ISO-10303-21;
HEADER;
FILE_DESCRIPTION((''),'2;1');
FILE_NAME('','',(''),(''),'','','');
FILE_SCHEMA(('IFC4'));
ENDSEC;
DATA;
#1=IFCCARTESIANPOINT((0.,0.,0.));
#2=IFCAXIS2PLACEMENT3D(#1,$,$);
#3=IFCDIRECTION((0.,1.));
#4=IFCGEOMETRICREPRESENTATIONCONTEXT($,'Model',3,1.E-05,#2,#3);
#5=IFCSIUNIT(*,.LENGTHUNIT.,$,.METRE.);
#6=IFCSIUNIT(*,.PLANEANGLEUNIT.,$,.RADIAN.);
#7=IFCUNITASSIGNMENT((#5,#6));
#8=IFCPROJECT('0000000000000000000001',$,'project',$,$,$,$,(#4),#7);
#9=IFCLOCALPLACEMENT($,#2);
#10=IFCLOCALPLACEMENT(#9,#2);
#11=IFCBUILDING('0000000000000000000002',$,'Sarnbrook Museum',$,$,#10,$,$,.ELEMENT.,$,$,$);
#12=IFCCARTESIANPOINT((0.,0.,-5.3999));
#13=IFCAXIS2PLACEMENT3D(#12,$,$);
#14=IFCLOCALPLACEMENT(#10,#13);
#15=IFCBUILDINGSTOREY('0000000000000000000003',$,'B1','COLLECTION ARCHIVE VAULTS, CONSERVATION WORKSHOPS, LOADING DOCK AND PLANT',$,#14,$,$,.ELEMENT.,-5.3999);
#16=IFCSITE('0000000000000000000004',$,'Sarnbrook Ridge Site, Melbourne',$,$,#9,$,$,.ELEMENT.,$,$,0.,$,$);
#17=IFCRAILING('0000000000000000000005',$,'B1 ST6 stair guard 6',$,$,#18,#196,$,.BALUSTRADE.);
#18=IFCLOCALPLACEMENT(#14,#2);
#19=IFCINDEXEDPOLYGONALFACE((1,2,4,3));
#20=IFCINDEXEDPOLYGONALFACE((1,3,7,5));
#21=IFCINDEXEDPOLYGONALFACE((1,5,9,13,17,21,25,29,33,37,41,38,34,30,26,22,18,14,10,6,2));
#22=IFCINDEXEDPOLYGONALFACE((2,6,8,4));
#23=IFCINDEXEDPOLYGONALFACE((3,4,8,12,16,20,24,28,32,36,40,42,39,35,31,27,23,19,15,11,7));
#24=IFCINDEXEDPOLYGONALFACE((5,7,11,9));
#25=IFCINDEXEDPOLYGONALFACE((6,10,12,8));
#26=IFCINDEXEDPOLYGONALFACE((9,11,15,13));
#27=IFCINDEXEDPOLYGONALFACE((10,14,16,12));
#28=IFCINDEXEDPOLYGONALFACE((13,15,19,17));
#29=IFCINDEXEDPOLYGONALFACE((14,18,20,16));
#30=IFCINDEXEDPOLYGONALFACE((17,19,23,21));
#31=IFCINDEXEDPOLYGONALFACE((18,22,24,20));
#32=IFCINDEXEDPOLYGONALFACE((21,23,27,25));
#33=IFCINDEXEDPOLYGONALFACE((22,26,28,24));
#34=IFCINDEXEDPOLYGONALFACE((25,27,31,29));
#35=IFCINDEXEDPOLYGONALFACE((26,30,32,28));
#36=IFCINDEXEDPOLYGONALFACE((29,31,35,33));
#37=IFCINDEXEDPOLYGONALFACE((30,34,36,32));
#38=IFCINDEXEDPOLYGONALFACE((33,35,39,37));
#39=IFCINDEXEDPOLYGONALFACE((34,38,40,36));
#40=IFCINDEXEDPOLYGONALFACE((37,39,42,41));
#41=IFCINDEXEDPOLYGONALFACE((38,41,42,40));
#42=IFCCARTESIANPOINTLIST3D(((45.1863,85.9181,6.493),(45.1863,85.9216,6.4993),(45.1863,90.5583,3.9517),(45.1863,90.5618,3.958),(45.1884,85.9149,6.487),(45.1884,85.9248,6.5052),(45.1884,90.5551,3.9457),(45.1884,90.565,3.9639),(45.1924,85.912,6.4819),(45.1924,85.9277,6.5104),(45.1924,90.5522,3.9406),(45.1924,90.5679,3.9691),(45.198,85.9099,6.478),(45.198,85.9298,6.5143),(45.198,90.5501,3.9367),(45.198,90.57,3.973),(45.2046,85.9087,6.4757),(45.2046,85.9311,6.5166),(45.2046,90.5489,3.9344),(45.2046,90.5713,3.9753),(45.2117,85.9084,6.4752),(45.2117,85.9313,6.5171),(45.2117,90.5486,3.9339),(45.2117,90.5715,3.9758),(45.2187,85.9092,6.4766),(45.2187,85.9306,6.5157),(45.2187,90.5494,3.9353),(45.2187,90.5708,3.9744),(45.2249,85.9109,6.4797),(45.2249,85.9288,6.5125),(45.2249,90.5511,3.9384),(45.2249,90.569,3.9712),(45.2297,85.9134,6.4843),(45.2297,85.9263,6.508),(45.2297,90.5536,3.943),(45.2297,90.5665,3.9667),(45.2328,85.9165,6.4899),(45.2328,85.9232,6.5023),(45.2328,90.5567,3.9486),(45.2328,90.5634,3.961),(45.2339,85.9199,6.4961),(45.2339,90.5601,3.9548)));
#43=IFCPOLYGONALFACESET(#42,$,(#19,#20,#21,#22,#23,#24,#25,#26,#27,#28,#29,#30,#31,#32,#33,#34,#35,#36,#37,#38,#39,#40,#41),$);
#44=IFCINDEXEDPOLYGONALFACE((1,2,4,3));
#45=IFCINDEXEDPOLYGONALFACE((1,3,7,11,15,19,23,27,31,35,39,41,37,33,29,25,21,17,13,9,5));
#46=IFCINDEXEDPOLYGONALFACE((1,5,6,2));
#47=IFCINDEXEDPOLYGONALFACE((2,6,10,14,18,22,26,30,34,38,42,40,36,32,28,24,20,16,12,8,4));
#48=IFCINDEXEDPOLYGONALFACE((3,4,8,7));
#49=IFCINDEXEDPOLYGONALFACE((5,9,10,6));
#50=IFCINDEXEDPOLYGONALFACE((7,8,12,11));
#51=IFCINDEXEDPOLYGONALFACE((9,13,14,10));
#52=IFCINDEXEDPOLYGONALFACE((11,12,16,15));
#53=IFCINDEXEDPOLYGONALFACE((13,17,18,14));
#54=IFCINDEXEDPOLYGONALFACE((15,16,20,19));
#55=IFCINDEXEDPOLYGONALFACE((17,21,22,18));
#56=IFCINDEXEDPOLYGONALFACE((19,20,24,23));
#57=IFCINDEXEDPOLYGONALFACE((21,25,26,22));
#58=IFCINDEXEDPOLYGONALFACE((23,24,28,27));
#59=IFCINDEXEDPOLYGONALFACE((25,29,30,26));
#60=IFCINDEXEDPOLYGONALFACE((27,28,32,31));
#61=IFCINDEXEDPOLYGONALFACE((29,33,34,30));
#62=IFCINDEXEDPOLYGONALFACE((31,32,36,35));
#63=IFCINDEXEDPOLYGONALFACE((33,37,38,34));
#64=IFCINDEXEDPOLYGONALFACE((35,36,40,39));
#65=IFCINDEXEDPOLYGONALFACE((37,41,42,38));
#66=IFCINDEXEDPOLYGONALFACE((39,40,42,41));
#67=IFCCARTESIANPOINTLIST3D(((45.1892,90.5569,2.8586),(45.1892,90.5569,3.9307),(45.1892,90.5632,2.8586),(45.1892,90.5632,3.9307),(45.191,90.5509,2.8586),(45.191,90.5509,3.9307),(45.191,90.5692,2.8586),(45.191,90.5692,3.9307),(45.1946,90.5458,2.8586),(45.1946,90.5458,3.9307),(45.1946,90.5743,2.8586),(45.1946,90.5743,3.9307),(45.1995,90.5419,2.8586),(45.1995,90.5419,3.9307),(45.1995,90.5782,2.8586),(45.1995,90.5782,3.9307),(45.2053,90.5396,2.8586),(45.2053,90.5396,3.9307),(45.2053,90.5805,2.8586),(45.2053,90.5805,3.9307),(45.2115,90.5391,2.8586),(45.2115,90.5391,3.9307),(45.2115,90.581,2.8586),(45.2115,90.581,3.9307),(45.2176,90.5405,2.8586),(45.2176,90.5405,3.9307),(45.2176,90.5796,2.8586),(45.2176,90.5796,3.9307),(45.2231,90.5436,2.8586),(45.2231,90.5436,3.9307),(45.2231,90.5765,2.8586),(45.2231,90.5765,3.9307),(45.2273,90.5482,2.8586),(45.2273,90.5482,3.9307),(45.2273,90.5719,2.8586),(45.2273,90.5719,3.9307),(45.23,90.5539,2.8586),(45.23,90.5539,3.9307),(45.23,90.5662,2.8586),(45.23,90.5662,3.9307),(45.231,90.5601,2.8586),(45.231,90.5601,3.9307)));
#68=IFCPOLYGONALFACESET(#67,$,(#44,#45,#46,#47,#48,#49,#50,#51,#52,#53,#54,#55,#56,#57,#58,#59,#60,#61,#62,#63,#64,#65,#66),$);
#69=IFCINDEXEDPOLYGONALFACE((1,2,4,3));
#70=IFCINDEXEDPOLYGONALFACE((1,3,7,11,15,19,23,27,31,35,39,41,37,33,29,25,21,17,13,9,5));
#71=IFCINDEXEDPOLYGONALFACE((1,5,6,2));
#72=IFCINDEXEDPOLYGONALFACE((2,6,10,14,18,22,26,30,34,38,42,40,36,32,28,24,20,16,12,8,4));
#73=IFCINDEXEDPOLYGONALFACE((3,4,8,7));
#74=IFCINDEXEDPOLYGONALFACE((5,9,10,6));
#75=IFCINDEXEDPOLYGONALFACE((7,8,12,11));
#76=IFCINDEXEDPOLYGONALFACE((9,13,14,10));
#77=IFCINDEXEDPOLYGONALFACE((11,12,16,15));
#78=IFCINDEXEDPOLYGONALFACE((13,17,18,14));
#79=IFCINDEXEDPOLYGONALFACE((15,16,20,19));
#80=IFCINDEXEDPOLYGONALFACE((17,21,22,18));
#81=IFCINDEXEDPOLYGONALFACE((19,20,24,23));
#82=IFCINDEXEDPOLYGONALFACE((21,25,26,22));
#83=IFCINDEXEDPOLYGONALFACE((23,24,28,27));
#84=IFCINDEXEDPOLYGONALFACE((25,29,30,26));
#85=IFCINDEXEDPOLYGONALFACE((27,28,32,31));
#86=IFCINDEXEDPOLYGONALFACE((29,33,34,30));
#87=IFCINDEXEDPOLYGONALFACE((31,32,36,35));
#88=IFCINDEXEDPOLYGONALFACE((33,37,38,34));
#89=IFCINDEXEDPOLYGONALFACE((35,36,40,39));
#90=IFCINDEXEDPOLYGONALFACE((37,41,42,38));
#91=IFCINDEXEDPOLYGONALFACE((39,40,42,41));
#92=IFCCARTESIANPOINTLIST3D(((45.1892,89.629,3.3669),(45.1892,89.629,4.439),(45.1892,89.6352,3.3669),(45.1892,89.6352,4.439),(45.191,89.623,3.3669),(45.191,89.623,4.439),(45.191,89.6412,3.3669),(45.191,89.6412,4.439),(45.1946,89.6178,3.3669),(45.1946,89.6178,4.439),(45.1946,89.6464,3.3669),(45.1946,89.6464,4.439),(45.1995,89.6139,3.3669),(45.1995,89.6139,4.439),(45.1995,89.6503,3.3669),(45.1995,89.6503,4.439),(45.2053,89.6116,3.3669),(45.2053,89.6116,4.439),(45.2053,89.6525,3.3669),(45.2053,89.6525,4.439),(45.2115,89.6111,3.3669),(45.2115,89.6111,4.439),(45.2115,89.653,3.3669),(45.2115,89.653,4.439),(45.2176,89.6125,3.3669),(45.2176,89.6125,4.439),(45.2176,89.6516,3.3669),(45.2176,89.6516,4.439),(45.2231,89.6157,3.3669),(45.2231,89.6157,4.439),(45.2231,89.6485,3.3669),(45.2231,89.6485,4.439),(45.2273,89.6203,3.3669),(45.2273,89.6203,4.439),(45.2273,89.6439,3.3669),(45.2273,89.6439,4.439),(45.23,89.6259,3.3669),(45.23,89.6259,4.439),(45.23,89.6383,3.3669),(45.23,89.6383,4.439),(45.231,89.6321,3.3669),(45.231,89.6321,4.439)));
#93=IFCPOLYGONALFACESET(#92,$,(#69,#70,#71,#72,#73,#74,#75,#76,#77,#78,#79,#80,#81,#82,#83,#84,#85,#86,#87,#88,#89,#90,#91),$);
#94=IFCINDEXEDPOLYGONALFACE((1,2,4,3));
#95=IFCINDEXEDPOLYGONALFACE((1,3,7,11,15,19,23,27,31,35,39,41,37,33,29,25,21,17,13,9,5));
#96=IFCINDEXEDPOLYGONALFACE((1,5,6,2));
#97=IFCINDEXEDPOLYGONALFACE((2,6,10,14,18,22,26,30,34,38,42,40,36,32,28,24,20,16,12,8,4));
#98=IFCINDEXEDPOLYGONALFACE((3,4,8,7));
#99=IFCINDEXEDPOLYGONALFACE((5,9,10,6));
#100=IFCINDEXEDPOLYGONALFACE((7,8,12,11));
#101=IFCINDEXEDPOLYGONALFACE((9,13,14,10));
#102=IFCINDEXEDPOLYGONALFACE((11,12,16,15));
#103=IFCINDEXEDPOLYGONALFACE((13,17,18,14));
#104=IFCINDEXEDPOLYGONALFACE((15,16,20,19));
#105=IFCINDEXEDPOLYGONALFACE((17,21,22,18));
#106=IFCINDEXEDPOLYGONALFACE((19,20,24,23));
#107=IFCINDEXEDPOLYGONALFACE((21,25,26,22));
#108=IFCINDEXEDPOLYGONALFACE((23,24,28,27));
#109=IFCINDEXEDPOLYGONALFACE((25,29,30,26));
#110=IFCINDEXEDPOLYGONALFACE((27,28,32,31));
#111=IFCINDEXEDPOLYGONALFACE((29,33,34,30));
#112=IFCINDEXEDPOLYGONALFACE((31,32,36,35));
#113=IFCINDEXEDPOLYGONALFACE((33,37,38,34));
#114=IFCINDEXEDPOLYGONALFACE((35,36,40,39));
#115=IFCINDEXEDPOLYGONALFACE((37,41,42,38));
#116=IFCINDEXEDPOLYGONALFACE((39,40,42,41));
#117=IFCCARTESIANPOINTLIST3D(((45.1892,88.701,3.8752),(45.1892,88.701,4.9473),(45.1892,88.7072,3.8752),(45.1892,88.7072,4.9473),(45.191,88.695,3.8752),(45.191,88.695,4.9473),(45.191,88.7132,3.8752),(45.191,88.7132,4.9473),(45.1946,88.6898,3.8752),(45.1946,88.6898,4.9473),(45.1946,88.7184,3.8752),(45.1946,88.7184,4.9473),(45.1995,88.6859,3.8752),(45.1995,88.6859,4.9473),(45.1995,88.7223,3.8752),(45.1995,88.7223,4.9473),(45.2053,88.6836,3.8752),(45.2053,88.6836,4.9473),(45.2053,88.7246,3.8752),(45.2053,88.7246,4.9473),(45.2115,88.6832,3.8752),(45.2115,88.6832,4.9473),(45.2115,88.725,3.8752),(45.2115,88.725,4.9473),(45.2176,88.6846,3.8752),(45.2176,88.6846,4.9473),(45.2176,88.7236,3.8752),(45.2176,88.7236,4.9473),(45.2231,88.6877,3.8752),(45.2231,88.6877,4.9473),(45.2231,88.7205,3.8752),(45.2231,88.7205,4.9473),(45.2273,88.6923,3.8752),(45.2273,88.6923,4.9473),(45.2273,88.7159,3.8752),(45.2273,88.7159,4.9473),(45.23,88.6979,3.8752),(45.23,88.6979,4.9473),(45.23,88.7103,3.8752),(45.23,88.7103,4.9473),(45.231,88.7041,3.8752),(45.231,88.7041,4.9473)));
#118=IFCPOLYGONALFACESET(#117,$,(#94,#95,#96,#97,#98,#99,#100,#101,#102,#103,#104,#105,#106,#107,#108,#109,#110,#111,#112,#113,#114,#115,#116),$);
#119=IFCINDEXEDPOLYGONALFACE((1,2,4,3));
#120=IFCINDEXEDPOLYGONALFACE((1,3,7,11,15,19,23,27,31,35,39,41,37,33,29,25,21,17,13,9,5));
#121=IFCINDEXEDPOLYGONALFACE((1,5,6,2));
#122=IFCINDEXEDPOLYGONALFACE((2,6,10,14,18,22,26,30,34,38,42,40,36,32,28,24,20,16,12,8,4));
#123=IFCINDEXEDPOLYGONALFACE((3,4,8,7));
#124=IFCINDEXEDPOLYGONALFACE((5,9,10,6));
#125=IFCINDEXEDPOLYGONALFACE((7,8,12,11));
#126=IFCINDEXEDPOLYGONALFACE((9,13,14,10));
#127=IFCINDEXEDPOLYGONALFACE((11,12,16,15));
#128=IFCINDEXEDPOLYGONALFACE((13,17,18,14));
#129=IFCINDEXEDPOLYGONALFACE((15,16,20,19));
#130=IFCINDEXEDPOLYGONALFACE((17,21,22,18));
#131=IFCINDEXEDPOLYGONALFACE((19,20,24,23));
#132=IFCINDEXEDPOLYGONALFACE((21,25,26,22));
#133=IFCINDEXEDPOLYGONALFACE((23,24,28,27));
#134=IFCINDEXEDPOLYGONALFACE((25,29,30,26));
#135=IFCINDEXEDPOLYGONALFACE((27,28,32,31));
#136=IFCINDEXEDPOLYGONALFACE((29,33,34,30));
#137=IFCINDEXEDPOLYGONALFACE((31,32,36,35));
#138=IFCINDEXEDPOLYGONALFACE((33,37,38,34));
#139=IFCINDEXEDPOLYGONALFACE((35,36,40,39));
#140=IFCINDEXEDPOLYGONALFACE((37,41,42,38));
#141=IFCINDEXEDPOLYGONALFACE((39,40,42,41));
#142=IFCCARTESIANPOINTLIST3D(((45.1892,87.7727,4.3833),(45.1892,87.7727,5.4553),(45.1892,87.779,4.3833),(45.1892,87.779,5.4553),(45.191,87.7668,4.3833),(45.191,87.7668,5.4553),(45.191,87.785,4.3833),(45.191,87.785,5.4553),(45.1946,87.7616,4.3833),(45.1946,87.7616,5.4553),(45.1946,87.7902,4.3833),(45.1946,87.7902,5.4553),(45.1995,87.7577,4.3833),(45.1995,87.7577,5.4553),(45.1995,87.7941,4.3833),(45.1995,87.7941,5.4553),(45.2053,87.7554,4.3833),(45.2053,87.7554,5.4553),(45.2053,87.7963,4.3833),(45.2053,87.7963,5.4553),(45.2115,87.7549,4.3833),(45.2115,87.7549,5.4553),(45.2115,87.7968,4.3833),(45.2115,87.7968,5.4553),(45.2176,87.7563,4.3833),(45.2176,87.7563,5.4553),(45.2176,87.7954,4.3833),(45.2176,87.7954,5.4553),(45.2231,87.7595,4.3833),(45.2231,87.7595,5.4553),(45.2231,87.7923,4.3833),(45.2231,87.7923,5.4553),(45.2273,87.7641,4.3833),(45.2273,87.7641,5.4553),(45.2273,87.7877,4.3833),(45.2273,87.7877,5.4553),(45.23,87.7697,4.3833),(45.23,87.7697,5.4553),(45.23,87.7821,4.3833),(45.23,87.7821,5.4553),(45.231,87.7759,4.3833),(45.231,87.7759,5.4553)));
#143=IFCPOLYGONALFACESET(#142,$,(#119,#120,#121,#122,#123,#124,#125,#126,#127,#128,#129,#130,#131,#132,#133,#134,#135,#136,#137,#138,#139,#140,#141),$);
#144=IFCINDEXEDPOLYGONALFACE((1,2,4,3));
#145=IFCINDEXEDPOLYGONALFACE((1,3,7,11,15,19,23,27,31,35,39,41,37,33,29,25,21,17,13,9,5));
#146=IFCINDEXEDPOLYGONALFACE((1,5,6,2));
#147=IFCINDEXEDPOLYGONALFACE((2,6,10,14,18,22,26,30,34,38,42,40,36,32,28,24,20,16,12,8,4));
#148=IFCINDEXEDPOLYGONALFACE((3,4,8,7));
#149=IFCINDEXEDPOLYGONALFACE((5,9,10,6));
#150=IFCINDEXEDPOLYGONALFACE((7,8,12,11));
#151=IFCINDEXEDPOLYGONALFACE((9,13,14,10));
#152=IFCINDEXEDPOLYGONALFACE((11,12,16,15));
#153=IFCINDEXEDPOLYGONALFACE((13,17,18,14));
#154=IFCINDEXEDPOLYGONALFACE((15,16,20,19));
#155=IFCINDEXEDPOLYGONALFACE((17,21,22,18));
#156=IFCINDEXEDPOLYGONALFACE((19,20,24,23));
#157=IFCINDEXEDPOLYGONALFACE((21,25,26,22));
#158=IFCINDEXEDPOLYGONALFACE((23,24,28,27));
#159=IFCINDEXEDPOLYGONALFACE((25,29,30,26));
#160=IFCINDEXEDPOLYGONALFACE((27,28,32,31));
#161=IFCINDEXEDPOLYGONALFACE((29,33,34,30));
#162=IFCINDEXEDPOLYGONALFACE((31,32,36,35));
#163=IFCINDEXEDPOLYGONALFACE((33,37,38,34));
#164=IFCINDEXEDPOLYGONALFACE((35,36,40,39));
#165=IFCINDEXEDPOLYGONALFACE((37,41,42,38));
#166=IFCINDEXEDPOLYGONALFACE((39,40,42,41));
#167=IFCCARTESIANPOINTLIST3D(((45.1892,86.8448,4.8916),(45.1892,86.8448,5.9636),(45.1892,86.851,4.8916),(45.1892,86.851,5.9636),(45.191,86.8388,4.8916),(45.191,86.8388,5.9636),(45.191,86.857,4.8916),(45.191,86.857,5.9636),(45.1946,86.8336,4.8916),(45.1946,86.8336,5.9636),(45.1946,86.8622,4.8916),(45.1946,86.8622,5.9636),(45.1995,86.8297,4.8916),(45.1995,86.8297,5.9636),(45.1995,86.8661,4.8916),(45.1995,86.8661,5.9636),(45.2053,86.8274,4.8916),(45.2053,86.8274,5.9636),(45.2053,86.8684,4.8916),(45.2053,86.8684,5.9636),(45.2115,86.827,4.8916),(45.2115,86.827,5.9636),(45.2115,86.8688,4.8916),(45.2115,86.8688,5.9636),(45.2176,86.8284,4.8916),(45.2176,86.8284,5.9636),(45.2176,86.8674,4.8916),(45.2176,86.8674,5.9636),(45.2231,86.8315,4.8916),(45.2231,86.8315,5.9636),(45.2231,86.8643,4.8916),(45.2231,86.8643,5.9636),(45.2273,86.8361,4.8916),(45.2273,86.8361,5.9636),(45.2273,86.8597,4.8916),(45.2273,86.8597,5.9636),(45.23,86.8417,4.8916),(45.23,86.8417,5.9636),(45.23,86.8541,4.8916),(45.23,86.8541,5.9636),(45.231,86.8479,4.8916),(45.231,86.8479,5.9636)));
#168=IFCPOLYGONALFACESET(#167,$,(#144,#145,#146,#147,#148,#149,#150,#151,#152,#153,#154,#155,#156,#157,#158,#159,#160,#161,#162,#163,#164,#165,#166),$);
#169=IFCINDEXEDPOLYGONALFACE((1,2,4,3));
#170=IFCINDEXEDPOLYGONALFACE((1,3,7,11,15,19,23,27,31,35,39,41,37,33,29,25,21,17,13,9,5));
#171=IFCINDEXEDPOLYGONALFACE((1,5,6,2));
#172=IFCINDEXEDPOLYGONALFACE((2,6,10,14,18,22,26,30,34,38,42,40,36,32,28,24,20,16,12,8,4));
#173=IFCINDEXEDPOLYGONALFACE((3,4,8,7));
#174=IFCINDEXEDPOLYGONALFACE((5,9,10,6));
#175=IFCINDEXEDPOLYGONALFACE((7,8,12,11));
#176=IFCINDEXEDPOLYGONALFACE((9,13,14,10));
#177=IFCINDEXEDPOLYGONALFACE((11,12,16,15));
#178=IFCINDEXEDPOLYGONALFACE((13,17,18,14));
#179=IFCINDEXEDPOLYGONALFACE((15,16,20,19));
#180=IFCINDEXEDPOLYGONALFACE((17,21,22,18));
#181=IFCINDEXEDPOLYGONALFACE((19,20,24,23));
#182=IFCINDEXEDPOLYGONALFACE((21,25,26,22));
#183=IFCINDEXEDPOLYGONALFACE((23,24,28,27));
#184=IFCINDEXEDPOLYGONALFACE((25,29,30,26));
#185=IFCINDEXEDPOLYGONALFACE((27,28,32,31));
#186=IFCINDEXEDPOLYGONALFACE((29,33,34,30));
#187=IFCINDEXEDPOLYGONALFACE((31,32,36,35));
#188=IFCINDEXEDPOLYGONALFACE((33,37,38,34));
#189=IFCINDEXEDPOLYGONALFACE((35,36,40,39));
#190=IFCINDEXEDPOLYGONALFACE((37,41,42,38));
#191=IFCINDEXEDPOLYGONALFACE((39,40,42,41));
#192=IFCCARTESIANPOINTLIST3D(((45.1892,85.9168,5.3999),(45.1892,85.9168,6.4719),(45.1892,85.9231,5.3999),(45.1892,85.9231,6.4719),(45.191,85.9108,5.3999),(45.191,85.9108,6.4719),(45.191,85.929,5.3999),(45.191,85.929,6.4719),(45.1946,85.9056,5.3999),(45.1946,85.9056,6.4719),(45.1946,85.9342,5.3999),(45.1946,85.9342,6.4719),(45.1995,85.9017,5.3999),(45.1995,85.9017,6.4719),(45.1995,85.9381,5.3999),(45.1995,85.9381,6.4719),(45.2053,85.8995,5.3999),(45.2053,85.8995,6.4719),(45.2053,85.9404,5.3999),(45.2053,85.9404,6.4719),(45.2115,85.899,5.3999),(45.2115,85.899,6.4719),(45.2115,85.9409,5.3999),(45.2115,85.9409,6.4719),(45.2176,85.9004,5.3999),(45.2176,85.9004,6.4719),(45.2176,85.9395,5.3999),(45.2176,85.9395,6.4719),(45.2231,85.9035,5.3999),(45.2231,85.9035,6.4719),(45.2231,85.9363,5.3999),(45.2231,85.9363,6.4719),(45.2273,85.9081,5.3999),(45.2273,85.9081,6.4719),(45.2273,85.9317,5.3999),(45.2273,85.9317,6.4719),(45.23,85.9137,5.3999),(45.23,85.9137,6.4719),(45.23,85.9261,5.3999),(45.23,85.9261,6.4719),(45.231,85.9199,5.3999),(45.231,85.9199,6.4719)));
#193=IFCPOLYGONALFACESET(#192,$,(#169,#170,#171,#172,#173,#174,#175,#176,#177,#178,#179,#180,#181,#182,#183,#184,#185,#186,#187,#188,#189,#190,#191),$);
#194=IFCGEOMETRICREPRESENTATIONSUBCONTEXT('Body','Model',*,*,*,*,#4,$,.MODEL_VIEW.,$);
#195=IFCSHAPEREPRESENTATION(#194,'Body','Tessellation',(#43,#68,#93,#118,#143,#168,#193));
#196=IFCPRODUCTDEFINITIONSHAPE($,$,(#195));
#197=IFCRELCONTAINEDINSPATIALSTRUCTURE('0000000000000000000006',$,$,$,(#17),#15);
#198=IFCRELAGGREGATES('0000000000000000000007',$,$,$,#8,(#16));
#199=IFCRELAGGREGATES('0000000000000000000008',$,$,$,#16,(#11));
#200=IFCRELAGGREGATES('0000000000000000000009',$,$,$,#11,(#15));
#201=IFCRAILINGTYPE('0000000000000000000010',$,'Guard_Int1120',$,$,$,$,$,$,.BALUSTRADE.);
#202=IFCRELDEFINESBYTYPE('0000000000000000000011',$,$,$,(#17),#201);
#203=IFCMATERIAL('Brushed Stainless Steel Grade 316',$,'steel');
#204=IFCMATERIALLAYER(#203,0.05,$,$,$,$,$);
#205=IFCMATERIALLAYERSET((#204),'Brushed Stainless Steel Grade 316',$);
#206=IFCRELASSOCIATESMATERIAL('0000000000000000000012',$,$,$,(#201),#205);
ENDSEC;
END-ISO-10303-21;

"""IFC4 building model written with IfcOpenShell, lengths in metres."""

from ifc_helpers import new_model, si_unit, direction, frame, origin, origin_2d, place, context, subcontext, project, spatial, circle, extrude, material, layer, layer_set, type_object, element, save


model = new_model("IFC4")

# Units and contexts
model_context = context("Model", 3, precision=1e-05, world=origin(), true_north=direction((0.0, 1.0)))
body_context = subcontext(model_context, "Body", "Model", "MODEL_VIEW")
ifc_project = project(units=[si_unit("LENGTHUNIT", "METRE"), si_unit("PLANEANGLEUNIT", "RADIAN")], contexts=[model_context])

# Site, building, storey
site_placement = place(None, origin())
site = spatial("IfcSite", under=ifc_project, at=site_placement, Name="Sarnbrook Ridge Site, Melbourne", CompositionType="ELEMENT", RefElevation=0.0)
building_placement = place(site_placement, origin())
building = spatial("IfcBuilding", under=site, at=building_placement, Name="Sarnbrook Museum", CompositionType="ELEMENT")
storey_placement = place(building_placement, frame((0.0, 0.0, -5.3999)))
storey = spatial("IfcBuildingStorey", under=building, at=storey_placement, Name="B1", Description="COLLECTION ARCHIVE VAULTS, CONSERVATION WORKSHOPS, LOADING DOCK AND PLANT", CompositionType="ELEMENT", Elevation=-5.3999)

# Railing
ifc_material_1 = material(Name="Brushed Stainless Steel Grade 316", Category="steel")
ifc_layer_1 = layer(ifc_material_1, 0.05)
ifc_layer_set_1 = layer_set([ifc_layer_1], Name="Brushed Stainless Steel Grade 316")
railing_type_1 = type_object("IfcRailingType", Name="Guard_Int1120", PredefinedType="BALUSTRADE", material=ifc_layer_set_1)
railing_1_placement = place(storey_placement, frame((45.21, 90.5601, 2.8586)))
element("IfcRailing", 1, at=railing_1_placement, inside=storey, type_object=railing_type_1, Name="B1 ST6 stair guard 6", PredefinedType="BALUSTRADE", context=body_context, shape_type="SweptSolid", body=[
    extrude(circle(Radius=0.0239, at=origin_2d()), frame((0.0, 0.0, 1.0962), z_axis=(0.0, -0.877078, 0.480348), x_axis=(1.0, 0.0, 0.0)), (0.0, 0.0, 1.0), 5.2905),
    extrude(circle(Radius=0.021, at=origin_2d()), origin(), (0.0, 0.0, 1.0), 1.072),
    extrude(circle(Radius=0.021, at=origin_2d()), frame((0.0, -0.928, 0.5083)), (0.0, 0.0, 1.0), 1.072),
    extrude(circle(Radius=0.021, at=origin_2d()), frame((0.0, -1.856, 1.0166)), (0.0, 0.0, 1.0), 1.072),
    extrude(circle(Radius=0.021, at=origin_2d()), frame((0.0, -2.7842, 1.5247)), (0.0, 0.0, 1.0), 1.072),
    extrude(circle(Radius=0.021, at=origin_2d()), frame((0.0, -3.7122, 2.033)), (0.0, 0.0, 1.0), 1.072),
    extrude(circle(Radius=0.021, at=origin_2d()), frame((0.0, -4.6401, 2.5413)), (0.0, 0.0, 1.0), 1.072),
])

save(model, "model.ifc")
